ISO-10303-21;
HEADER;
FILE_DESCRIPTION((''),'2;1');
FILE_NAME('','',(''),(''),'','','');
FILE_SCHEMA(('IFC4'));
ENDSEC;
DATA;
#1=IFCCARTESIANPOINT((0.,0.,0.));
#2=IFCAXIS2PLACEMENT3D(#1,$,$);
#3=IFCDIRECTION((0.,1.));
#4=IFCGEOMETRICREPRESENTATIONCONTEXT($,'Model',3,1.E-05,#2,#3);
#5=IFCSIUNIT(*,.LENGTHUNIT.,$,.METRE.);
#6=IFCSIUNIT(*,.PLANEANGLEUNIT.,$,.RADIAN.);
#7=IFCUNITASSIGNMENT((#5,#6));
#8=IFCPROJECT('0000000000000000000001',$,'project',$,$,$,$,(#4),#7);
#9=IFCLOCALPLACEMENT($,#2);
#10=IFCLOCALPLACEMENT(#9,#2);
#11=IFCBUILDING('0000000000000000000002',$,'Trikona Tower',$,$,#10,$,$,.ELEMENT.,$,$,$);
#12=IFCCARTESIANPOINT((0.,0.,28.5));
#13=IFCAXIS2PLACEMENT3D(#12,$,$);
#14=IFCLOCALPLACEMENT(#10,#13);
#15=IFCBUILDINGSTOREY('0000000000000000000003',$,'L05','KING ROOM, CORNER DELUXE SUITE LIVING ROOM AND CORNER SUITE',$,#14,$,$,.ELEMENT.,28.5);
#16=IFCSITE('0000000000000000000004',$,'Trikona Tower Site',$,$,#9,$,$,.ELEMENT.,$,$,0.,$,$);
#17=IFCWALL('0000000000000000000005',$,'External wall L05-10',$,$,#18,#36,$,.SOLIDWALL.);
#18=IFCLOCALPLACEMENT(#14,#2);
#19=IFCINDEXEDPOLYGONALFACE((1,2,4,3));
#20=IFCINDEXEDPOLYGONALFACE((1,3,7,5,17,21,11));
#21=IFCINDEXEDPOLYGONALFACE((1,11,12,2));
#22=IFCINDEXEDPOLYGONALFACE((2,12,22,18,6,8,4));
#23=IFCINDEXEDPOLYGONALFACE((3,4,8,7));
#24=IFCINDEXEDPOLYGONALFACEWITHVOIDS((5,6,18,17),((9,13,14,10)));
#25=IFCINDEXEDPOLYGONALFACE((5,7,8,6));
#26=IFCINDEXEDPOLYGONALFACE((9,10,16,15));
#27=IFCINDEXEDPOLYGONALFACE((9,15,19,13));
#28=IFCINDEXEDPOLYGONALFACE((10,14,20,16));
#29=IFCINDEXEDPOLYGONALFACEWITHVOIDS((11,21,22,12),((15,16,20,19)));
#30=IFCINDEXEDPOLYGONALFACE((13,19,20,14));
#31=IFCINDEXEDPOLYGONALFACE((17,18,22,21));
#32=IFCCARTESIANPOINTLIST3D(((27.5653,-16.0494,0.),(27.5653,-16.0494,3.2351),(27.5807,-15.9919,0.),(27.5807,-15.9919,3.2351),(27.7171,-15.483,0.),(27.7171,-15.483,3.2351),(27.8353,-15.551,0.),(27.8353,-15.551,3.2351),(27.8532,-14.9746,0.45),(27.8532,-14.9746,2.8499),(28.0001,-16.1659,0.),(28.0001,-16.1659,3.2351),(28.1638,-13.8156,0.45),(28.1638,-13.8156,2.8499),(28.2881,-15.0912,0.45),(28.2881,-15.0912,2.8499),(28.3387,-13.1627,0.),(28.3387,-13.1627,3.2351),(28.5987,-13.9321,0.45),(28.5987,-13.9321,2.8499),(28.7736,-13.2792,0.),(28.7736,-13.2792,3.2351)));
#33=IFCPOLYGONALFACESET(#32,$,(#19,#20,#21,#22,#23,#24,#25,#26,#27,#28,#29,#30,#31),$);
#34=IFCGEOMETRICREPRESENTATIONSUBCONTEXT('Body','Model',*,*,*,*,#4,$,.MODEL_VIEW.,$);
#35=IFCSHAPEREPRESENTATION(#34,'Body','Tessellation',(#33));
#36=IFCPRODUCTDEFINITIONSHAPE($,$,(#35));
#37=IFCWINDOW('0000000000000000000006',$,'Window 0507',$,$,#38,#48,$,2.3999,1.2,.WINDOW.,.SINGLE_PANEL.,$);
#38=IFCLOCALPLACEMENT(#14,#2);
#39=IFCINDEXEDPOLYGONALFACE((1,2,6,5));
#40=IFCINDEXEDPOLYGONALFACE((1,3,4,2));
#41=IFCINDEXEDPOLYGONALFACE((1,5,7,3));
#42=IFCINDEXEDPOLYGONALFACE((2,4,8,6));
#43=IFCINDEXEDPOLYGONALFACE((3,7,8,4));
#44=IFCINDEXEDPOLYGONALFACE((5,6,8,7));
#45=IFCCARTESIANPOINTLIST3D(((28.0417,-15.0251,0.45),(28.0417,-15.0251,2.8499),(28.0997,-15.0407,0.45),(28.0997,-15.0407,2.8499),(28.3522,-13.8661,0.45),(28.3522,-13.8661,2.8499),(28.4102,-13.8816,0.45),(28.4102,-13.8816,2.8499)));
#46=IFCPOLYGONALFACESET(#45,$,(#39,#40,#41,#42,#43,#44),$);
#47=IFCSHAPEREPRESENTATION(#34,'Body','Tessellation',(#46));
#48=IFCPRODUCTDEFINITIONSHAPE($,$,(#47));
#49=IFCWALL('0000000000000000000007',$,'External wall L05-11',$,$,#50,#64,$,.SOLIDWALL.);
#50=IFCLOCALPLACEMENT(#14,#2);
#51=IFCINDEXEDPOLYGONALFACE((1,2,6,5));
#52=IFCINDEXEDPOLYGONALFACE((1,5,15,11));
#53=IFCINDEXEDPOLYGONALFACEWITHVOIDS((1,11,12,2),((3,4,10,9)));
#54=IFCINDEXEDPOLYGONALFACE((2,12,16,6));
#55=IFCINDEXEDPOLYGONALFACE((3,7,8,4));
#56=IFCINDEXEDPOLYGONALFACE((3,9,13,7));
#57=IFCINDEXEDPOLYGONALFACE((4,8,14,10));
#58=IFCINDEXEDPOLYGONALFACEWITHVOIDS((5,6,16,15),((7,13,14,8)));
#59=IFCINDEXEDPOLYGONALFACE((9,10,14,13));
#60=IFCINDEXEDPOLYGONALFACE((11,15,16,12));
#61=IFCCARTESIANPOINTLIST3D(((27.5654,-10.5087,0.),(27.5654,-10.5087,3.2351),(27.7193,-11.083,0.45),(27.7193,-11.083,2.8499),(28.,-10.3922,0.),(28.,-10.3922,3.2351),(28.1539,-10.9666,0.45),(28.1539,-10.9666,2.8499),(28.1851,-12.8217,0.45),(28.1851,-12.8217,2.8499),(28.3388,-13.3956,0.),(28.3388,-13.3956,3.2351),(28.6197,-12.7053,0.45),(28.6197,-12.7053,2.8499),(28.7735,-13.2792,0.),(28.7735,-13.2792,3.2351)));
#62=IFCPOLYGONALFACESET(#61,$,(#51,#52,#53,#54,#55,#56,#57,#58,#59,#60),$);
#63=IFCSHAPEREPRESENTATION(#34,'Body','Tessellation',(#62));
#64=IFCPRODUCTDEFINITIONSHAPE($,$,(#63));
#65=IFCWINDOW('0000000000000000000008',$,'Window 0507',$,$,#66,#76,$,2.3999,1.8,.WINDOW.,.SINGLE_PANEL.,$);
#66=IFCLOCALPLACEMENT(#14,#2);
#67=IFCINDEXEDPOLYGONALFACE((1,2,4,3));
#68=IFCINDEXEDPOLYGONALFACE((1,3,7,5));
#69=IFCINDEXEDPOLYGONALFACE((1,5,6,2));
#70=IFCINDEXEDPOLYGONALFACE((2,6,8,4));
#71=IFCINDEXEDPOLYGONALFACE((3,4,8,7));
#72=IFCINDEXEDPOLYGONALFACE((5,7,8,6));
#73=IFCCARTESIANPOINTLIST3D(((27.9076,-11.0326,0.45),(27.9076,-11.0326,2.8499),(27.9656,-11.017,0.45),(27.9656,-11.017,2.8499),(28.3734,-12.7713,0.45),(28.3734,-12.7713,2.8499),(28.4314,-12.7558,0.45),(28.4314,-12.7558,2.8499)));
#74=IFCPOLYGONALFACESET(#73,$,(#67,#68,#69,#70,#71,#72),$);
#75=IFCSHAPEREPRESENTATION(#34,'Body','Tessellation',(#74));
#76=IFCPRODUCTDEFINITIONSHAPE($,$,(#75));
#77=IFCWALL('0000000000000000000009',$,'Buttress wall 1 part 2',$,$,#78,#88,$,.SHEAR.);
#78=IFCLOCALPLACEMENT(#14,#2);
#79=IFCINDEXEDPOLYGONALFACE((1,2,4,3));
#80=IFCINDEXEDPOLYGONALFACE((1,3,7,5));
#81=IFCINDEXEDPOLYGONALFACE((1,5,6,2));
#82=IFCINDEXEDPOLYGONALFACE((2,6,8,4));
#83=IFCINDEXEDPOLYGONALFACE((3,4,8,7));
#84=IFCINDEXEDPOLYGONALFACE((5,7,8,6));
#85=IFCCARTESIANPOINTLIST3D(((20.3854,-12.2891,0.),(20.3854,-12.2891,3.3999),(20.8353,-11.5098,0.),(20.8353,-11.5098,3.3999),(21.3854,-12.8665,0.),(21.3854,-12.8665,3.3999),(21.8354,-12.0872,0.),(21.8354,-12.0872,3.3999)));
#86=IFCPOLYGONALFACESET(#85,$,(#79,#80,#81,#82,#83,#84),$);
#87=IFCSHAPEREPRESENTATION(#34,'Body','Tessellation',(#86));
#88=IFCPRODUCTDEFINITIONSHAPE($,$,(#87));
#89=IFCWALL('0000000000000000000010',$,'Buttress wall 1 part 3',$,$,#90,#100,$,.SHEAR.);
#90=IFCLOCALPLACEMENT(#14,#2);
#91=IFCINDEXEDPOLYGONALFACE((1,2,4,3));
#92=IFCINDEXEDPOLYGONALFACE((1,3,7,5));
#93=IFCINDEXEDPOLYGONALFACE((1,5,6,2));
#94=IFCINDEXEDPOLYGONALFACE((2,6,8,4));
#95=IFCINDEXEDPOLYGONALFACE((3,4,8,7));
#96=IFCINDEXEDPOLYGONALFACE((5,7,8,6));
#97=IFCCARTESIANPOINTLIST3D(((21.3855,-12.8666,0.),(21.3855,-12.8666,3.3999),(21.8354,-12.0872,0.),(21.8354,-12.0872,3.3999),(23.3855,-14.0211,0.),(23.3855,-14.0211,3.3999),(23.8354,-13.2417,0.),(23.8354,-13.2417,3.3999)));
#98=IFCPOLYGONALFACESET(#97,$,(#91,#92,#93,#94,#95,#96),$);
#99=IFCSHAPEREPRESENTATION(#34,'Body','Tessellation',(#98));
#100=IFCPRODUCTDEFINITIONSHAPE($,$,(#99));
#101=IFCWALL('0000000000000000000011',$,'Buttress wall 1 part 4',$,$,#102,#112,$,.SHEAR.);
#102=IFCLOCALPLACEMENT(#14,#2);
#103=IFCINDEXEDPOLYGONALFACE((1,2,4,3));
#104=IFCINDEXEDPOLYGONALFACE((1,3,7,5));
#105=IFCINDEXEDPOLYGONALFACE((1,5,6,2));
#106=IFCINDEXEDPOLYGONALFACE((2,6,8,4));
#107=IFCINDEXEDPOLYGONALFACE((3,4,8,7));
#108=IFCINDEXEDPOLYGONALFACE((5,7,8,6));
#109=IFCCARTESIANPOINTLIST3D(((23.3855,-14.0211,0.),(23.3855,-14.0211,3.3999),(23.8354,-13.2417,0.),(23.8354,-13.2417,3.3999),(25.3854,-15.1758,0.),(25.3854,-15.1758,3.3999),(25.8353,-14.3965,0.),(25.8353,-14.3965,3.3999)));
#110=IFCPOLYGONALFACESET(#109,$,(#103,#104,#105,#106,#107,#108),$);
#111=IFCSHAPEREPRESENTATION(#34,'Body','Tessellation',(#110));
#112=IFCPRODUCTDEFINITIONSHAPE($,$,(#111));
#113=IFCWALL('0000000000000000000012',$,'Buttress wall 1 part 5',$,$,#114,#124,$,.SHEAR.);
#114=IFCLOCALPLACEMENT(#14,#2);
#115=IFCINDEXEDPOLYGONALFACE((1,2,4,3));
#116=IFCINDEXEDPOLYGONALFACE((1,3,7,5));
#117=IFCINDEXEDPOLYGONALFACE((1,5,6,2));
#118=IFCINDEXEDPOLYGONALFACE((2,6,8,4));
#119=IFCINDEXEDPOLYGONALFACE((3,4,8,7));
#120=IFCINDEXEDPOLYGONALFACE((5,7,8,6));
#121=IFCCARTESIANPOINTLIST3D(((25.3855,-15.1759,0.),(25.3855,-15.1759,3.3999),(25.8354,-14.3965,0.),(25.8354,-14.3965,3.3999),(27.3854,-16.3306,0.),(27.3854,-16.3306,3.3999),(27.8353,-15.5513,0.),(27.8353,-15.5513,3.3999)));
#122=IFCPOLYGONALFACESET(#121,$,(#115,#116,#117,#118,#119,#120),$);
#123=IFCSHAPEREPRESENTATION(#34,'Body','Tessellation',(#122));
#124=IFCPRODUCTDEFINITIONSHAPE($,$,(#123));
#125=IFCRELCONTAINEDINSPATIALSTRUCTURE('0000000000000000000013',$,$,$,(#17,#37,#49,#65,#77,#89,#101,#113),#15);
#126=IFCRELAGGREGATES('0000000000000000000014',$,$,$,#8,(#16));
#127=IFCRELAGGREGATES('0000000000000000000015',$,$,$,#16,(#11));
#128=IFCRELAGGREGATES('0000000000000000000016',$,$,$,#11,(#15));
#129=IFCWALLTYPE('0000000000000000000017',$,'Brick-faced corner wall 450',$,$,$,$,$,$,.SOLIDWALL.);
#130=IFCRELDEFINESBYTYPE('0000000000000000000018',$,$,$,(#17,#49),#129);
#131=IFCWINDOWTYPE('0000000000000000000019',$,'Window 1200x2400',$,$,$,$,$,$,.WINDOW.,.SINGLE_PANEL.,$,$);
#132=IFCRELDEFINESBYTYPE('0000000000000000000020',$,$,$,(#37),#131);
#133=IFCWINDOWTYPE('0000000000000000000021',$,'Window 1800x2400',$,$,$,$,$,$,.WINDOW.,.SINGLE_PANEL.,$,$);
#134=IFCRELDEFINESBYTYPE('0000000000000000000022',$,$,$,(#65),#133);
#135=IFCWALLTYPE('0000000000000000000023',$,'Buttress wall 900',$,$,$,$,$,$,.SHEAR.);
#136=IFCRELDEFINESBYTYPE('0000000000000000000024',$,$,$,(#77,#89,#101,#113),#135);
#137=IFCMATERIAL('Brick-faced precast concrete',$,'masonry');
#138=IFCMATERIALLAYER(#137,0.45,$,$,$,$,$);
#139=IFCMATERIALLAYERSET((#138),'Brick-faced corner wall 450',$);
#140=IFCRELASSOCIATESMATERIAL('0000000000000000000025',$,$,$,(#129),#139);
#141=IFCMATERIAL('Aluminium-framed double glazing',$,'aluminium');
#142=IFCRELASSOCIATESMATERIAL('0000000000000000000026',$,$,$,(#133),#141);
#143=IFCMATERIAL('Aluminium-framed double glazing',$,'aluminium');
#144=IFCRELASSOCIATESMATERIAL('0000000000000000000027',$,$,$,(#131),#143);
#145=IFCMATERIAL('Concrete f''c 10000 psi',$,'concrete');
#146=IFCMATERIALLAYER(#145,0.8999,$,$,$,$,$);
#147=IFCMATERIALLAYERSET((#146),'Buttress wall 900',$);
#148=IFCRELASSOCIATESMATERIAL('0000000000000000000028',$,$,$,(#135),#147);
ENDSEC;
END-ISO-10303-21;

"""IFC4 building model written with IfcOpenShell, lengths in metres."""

from ifc_helpers import new_model, si_unit, direction, frame, frame_2d, origin, place, context, subcontext, project, spatial, polyline, rectangle, outline, extrude, material, layer, layer_set, type_object, element, fill, save


model = new_model("IFC4")

# Units and contexts
model_context = context("Model", 3, precision=1e-05, world=origin(), true_north=direction((0.0, 1.0)))
body_context = subcontext(model_context, "Body", "Model", "MODEL_VIEW")
ifc_project = project(units=[si_unit("LENGTHUNIT", "METRE"), si_unit("PLANEANGLEUNIT", "RADIAN")], contexts=[model_context])

# Site, building, storey
site_placement = place(None, origin())
site = spatial("IfcSite", under=ifc_project, at=site_placement, Name="Trikona Tower Site", CompositionType="ELEMENT", RefElevation=0.0)
building_placement = place(site_placement, origin())
building = spatial("IfcBuilding", under=site, at=building_placement, Name="Trikona Tower", CompositionType="ELEMENT")
storey_placement = place(building_placement, frame((0.0, 0.0, 28.5)))
storey = spatial("IfcBuildingStorey", under=building, at=storey_placement, Name="L05", Description="KING ROOM, CORNER DELUXE SUITE LIVING ROOM AND CORNER SUITE", CompositionType="ELEMENT", Elevation=28.5)

# Walls, openings, windows
ifc_material_1 = material(Name="Brick-faced precast concrete", Category="masonry")
ifc_layer_1 = layer(ifc_material_1, 0.45)
ifc_layer_set_1 = layer_set([ifc_layer_1], Name="Brick-faced corner wall 450")
wall_type_1 = type_object("IfcWallType", Name="Brick-faced corner wall 450", PredefinedType="SOLIDWALL", material=ifc_layer_set_1)
ifc_material_2 = material(Name="Aluminium-framed double glazing", Category="aluminium")
window_type_1 = type_object("IfcWindowType", Name="Window 1800x2400", PartitioningType="SINGLE_PANEL", PredefinedType="WINDOW", material=ifc_material_2)
ifc_material_3 = material(Name="Aluminium-framed double glazing", Category="aluminium")
window_type_2 = type_object("IfcWindowType", Name="Window 1200x2400", PartitioningType="SINGLE_PANEL", PredefinedType="WINDOW", material=ifc_material_3)
wall_1_placement = place(storey_placement, frame((27.7827, -16.1077, 0.0), z_axis=(0.0, 0.0, 1.0), x_axis=(0.258801, 0.965931, 0.0)))
wall_1 = element("IfcWall", 1, at=wall_1_placement, inside=storey, type_object=wall_type_1, Name="External wall L05-10", PredefinedType="SOLIDWALL", context=body_context, shape_type="SweptSolid", body=[
    extrude(outline(polyline([(2.9885, 0.2251), (0.5864, 0.2251), (0.5513, 0.0933), (0.0596, 0.2251), (0.0, 0.2251), (0.0, -0.2251), (2.9885, -0.2251), (2.9885, 0.2251)])), origin(), (0.0, 0.0, 1.0), 3.2351),
])
opening_1_placement = place(wall_1_placement, frame((1.1125, 0.0, 0.45)))
opening_1 = element("IfcOpeningElement", 2, at=opening_1_placement, cuts=wall_1, PredefinedType="OPENING", context=body_context, shape_type="SweptSolid", body=[
    extrude(rectangle(XDim=1.2, YDim=2.3999, at=frame_2d((0.6001, 1.2))), frame((0.0, 0.2349, 0.0), z_axis=(0.0, -1.0, 0.0), x_axis=(1.0, 0.0, 0.0)), (0.0, 0.0, 1.0), 0.47),
])
window_1_placement = place(opening_1_placement, origin())
window_1 = element("IfcWindow", 3, at=window_1_placement, inside=storey, type_object=window_type_2, Name="Window 0507", OverallHeight=2.3999, OverallWidth=1.2, PartitioningType="SINGLE_PANEL", PredefinedType="WINDOW", context=body_context, shape_type="SweptSolid", body=[
    extrude(rectangle(XDim=1.2, YDim=2.3999, at=frame_2d((0.6001, 1.2))), frame((0.0, 0.03, 0.0), z_axis=(0.0, -1.0, 0.0), x_axis=(1.0, 0.0, 0.0)), (0.0, 0.0, 1.0), 0.0601),
])
fill(opening_1, window_1)
wall_2_placement = place(storey_placement, frame((28.5562, -13.3374, 0.0), z_axis=(0.0, 0.0, 1.0), x_axis=(-0.258781, 0.965936, 0.0)))
wall_2 = element("IfcWall", 4, at=wall_2_placement, inside=storey, type_object=wall_type_1, Name="External wall L05-11", PredefinedType="SOLIDWALL", context=body_context, shape_type="SweptSolid", body=[
    extrude(rectangle(XDim=2.9888, YDim=0.45, at=frame_2d((1.4944, 0.0))), origin(), (0.0, 0.0, 1.0), 3.2351),
])
opening_2_placement = place(wall_2_placement, frame((0.5942, 0.0, 0.45)))
opening_2 = element("IfcOpeningElement", 5, at=opening_2_placement, cuts=wall_2, PredefinedType="OPENING", context=body_context, shape_type="SweptSolid", body=[
    extrude(rectangle(XDim=1.8, YDim=2.3999, at=frame_2d((0.8999, 1.2))), frame((0.0, 0.2349, 0.0), z_axis=(0.0, -1.0, 0.0), x_axis=(1.0, 0.0, 0.0)), (0.0, 0.0, 1.0), 0.47),
])
window_2_placement = place(opening_2_placement, origin())
window_2 = element("IfcWindow", 6, at=window_2_placement, inside=storey, type_object=window_type_1, Name="Window 0507", OverallHeight=2.3999, OverallWidth=1.8, PartitioningType="SINGLE_PANEL", PredefinedType="WINDOW", context=body_context, shape_type="SweptSolid", body=[
    extrude(rectangle(XDim=1.8, YDim=2.3999, at=frame_2d((0.8999, 1.2))), frame((0.0, 0.03, 0.0), z_axis=(0.0, -1.0, 0.0), x_axis=(1.0, 0.0, 0.0)), (0.0, 0.0, 1.0), 0.0601),
])
fill(opening_2, window_2)

# Walls
ifc_material_4 = material(Name="Concrete f'c 10000 psi", Category="concrete")
ifc_layer_2 = layer(ifc_material_4, 0.8999)
ifc_layer_set_2 = layer_set([ifc_layer_2], Name="Buttress wall 900")
wall_type_2 = type_object("IfcWallType", Name="Buttress wall 900", PredefinedType="SHEAR", material=ifc_layer_set_2)
wall_3_placement = place(storey_placement, frame((20.6104, -11.8994, 0.0), z_axis=(0.0, 0.0, 1.0), x_axis=(0.86601, -0.500027, 0.0)))
element("IfcWall", 7, at=wall_3_placement, inside=storey, type_object=wall_type_2, Name="Buttress wall 1 part 2", PredefinedType="SHEAR", context=body_context, shape_type="SweptSolid", body=[
    extrude(rectangle(XDim=1.1548, YDim=0.8999, at=frame_2d((0.5774, 0.0))), origin(), (0.0, 0.0, 1.0), 3.3999),
])
for number, where, z_axis, x_axis, name in (
    (8, (21.6104, -12.4768, 0.0), (0.0, 0.0, 1.0), (0.866055, -0.499948, 0.0), "Buttress wall 1 part 3"),
    (9, (23.6104, -13.6313, 0.0), (0.0, 0.0, 1.0), (0.86601, -0.500027, 0.0), "Buttress wall 1 part 4"),
    (10, (25.6104, -14.7861, 0.0), (0.0, 0.0, 1.0), (0.86601, -0.500027, 0.0), "Buttress wall 1 part 5"),
):
    element("IfcWall", number, at=place(storey_placement, frame(where, z_axis=z_axis, x_axis=x_axis)), inside=storey, type_object=wall_type_2, Name=name, PredefinedType="SHEAR", context=body_context, shape_type="SweptSolid", body=[
        extrude(rectangle(XDim=2.3093, YDim=0.8999, at=frame_2d((1.1548, 0.0))), origin(), (0.0, 0.0, 1.0), 3.3999),
    ])

save(model, "model.ifc")
